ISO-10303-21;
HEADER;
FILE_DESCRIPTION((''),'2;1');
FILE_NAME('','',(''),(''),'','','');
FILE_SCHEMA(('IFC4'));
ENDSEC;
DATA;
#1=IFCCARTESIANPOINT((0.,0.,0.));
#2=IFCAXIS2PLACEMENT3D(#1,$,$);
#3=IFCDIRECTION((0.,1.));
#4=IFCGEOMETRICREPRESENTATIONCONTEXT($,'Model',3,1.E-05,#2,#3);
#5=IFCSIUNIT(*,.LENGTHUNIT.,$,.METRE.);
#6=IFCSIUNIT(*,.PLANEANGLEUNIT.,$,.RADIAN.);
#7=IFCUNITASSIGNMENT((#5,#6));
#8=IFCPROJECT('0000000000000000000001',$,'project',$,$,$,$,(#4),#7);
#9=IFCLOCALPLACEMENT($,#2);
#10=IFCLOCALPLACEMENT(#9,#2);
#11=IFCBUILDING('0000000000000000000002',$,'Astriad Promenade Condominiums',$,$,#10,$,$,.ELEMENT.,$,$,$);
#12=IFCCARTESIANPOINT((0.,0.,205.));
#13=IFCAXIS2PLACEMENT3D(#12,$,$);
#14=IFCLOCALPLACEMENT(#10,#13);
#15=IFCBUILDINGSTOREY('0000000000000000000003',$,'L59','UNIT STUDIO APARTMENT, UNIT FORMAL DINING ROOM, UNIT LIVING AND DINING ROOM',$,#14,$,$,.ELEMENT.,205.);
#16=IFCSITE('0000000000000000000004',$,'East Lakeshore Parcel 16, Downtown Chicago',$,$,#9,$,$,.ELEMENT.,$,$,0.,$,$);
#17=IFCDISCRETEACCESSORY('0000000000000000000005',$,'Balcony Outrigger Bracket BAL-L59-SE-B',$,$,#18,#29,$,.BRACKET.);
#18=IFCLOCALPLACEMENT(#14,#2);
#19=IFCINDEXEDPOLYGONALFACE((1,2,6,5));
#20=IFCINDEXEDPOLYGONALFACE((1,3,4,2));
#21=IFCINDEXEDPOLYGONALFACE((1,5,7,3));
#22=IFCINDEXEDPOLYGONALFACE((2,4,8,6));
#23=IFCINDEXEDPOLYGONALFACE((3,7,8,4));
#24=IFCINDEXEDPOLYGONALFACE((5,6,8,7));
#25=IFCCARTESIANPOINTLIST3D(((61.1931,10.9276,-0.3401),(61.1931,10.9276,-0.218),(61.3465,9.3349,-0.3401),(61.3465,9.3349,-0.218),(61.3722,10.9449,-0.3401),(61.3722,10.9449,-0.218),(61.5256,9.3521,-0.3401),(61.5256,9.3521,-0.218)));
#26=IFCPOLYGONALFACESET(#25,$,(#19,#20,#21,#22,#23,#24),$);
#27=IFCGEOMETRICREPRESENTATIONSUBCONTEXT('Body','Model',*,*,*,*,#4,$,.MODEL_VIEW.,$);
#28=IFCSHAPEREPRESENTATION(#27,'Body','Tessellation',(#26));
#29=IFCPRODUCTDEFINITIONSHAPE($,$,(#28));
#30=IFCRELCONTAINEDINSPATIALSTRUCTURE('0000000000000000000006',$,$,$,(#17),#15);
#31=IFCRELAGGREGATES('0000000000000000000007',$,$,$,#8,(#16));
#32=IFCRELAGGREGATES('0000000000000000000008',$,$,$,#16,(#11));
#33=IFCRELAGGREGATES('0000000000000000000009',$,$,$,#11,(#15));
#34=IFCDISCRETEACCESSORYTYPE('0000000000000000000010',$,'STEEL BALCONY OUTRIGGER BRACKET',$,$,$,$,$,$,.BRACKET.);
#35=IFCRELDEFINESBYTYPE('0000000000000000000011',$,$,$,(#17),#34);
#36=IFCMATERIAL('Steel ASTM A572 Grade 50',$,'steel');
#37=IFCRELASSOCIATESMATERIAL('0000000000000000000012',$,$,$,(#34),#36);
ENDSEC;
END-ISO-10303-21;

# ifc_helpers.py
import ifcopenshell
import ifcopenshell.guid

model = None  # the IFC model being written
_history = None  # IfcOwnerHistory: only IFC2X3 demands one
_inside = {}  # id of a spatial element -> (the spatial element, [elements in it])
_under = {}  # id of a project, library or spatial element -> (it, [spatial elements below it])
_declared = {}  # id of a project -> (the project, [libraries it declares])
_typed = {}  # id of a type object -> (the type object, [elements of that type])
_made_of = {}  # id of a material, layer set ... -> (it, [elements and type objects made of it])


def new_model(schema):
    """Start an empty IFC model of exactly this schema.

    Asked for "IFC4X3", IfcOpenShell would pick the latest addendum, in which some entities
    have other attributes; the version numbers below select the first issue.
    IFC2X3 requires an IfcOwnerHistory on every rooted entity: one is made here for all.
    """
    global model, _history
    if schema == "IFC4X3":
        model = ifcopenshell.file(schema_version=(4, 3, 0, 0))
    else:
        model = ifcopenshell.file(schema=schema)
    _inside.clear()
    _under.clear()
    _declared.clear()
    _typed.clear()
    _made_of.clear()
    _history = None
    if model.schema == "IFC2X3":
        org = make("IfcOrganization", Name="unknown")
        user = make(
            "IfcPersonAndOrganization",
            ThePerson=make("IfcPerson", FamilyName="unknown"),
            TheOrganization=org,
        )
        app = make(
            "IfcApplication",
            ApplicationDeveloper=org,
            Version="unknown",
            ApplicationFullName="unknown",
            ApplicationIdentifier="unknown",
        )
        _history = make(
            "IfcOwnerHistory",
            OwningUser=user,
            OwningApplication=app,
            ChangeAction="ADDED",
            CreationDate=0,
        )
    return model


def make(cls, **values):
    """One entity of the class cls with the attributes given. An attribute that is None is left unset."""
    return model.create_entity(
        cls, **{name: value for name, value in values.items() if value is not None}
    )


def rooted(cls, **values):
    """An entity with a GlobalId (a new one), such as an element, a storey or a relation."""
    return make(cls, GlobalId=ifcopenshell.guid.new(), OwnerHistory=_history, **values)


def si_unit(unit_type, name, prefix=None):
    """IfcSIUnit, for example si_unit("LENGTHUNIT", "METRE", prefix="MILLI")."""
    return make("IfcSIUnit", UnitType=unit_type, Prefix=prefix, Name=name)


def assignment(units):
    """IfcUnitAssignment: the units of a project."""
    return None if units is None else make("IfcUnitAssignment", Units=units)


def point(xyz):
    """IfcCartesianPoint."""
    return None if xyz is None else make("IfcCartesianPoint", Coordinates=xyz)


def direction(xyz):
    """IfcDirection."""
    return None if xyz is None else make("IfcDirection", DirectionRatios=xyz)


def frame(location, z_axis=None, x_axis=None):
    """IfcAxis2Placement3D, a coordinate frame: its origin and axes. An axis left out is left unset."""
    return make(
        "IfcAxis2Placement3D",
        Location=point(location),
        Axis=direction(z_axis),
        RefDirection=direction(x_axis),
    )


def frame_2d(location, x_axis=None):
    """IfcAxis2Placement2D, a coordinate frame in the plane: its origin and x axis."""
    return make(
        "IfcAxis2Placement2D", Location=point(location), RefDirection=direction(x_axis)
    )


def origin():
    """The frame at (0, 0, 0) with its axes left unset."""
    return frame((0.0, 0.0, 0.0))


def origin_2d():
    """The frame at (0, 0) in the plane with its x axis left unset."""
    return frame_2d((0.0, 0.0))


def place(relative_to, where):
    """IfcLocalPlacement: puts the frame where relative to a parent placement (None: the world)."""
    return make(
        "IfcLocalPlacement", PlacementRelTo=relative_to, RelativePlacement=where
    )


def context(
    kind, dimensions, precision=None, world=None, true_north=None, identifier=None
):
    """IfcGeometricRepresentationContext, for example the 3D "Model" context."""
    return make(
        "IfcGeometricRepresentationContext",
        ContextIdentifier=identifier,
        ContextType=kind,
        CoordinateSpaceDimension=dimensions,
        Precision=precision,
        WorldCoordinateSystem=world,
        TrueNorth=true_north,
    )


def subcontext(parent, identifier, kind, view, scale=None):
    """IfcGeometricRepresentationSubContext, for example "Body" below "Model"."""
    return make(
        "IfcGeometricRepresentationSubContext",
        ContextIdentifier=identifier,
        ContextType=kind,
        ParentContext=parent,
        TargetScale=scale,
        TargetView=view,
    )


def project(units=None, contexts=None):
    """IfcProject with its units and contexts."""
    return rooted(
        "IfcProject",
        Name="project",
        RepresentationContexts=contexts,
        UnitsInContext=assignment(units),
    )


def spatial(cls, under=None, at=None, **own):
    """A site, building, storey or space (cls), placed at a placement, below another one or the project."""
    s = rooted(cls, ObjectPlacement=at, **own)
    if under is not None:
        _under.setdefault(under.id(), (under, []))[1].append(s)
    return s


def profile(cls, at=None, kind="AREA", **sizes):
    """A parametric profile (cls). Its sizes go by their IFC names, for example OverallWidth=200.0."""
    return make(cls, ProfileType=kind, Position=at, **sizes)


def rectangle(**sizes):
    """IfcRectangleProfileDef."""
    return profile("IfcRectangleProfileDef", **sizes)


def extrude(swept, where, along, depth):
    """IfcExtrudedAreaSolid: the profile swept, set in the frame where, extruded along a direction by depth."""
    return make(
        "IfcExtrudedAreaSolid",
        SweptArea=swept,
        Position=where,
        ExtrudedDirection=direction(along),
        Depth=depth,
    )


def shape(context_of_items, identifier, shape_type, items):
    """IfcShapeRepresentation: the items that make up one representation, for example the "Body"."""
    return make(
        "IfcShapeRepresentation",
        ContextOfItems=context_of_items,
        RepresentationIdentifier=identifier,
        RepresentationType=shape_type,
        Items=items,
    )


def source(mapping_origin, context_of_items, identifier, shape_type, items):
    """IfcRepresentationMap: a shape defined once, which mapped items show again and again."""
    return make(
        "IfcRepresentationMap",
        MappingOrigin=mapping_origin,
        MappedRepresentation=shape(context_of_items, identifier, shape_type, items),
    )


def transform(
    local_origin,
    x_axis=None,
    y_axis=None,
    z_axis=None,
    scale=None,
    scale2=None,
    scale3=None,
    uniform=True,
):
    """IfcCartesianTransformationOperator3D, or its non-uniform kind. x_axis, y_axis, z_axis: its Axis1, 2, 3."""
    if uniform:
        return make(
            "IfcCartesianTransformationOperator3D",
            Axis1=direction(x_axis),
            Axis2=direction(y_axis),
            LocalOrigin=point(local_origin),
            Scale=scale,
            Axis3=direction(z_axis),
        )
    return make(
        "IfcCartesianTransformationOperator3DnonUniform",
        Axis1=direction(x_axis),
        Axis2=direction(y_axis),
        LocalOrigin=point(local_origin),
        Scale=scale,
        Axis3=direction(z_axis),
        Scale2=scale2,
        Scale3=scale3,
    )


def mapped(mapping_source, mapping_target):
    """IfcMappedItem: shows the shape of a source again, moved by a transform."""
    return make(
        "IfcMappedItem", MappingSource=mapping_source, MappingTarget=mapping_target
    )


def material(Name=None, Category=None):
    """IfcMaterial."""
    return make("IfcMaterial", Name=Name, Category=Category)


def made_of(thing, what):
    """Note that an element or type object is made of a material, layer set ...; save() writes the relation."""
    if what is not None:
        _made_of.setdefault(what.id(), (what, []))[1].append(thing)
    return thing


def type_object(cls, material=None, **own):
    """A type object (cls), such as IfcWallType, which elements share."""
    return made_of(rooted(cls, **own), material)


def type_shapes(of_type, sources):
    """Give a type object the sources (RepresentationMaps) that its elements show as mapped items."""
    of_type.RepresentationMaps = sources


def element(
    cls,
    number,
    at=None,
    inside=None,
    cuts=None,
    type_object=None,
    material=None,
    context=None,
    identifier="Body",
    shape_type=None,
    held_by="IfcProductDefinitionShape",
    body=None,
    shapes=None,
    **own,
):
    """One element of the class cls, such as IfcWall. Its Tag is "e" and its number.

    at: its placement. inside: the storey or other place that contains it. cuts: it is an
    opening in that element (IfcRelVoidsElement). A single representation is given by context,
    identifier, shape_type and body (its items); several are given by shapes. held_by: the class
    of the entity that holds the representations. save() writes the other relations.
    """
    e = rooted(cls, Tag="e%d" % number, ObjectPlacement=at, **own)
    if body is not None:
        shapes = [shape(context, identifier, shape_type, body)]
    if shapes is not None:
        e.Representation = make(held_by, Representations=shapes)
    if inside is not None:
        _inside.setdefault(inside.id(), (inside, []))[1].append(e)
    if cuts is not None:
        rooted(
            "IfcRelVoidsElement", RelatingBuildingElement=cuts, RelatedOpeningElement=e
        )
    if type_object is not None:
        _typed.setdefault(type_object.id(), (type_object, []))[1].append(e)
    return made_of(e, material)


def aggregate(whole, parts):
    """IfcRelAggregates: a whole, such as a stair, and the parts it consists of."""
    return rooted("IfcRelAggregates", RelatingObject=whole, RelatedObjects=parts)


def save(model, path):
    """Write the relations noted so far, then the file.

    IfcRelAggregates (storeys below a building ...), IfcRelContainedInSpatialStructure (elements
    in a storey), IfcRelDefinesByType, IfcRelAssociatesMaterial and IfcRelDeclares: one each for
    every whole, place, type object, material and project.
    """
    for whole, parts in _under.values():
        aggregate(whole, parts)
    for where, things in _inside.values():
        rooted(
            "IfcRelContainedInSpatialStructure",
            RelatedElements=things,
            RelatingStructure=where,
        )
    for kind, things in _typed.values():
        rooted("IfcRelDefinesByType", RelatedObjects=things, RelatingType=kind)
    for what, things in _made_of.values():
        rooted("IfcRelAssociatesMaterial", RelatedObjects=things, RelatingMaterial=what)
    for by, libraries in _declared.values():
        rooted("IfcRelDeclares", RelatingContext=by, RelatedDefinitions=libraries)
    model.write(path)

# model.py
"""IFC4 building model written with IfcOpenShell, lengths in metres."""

from ifc_helpers import new_model, si_unit, direction, frame, origin, origin_2d, place, context, subcontext, project, spatial, rectangle, extrude, source, transform, mapped, material, type_object, type_shapes, element, save


model = new_model("IFC4")

# Units and contexts
model_context = context("Model", 3, precision=1e-05, world=origin(), true_north=direction((0.0, 1.0)))
body_context = subcontext(model_context, "Body", "Model", "MODEL_VIEW")
ifc_project = project(units=[si_unit("LENGTHUNIT", "METRE"), si_unit("PLANEANGLEUNIT", "RADIAN")], contexts=[model_context])

# Site, building, storey
site_placement = place(None, origin())
site = spatial("IfcSite", under=ifc_project, at=site_placement, Name="East Lakeshore Parcel 16, Downtown Chicago", CompositionType="ELEMENT", RefElevation=0.0)
building_placement = place(site_placement, origin())
building = spatial("IfcBuilding", under=site, at=building_placement, Name="Astriad Promenade Condominiums", CompositionType="ELEMENT")
storey_placement = place(building_placement, frame((0.0, 0.0, 205.0)))
storey = spatial("IfcBuildingStorey", under=building, at=storey_placement, Name="L59", Description="UNIT STUDIO APARTMENT, UNIT FORMAL DINING ROOM, UNIT LIVING AND DINING ROOM", CompositionType="ELEMENT", Elevation=205.0)

# Discrete accessory
ifc_material_1 = material(Name="Steel ASTM A572 Grade 50", Category="steel")
discrete_accessory_type = type_object("IfcDiscreteAccessoryType", Name="STEEL BALCONY OUTRIGGER BRACKET", PredefinedType="BRACKET", material=ifc_material_1)
shared_shape_1 = source(origin(), body_context, "Body", "SweptSolid", [
    extrude(rectangle(XDim=1.6001, YDim=0.1799, at=origin_2d()), origin(), (0.0, 0.0, 1.0), 0.1221),
])
type_shapes(discrete_accessory_type, [shared_shape_1])
discrete_accessory_placement = place(storey_placement, frame((61.3594, 10.1399, -0.3401), z_axis=(0.0, 0.0, 1.0), x_axis=(0.095846, -0.995396, 0.0)))
element("IfcDiscreteAccessory", 1, at=discrete_accessory_placement, inside=storey, type_object=discrete_accessory_type, Name="Balcony Outrigger Bracket BAL-L59-SE-B", PredefinedType="BRACKET", context=body_context, shape_type="MappedRepresentation", body=[
    mapped(shared_shape_1, transform((0.0, 0.0, 0.0), scale=1.0)),
])

save(model, "model.ifc")
